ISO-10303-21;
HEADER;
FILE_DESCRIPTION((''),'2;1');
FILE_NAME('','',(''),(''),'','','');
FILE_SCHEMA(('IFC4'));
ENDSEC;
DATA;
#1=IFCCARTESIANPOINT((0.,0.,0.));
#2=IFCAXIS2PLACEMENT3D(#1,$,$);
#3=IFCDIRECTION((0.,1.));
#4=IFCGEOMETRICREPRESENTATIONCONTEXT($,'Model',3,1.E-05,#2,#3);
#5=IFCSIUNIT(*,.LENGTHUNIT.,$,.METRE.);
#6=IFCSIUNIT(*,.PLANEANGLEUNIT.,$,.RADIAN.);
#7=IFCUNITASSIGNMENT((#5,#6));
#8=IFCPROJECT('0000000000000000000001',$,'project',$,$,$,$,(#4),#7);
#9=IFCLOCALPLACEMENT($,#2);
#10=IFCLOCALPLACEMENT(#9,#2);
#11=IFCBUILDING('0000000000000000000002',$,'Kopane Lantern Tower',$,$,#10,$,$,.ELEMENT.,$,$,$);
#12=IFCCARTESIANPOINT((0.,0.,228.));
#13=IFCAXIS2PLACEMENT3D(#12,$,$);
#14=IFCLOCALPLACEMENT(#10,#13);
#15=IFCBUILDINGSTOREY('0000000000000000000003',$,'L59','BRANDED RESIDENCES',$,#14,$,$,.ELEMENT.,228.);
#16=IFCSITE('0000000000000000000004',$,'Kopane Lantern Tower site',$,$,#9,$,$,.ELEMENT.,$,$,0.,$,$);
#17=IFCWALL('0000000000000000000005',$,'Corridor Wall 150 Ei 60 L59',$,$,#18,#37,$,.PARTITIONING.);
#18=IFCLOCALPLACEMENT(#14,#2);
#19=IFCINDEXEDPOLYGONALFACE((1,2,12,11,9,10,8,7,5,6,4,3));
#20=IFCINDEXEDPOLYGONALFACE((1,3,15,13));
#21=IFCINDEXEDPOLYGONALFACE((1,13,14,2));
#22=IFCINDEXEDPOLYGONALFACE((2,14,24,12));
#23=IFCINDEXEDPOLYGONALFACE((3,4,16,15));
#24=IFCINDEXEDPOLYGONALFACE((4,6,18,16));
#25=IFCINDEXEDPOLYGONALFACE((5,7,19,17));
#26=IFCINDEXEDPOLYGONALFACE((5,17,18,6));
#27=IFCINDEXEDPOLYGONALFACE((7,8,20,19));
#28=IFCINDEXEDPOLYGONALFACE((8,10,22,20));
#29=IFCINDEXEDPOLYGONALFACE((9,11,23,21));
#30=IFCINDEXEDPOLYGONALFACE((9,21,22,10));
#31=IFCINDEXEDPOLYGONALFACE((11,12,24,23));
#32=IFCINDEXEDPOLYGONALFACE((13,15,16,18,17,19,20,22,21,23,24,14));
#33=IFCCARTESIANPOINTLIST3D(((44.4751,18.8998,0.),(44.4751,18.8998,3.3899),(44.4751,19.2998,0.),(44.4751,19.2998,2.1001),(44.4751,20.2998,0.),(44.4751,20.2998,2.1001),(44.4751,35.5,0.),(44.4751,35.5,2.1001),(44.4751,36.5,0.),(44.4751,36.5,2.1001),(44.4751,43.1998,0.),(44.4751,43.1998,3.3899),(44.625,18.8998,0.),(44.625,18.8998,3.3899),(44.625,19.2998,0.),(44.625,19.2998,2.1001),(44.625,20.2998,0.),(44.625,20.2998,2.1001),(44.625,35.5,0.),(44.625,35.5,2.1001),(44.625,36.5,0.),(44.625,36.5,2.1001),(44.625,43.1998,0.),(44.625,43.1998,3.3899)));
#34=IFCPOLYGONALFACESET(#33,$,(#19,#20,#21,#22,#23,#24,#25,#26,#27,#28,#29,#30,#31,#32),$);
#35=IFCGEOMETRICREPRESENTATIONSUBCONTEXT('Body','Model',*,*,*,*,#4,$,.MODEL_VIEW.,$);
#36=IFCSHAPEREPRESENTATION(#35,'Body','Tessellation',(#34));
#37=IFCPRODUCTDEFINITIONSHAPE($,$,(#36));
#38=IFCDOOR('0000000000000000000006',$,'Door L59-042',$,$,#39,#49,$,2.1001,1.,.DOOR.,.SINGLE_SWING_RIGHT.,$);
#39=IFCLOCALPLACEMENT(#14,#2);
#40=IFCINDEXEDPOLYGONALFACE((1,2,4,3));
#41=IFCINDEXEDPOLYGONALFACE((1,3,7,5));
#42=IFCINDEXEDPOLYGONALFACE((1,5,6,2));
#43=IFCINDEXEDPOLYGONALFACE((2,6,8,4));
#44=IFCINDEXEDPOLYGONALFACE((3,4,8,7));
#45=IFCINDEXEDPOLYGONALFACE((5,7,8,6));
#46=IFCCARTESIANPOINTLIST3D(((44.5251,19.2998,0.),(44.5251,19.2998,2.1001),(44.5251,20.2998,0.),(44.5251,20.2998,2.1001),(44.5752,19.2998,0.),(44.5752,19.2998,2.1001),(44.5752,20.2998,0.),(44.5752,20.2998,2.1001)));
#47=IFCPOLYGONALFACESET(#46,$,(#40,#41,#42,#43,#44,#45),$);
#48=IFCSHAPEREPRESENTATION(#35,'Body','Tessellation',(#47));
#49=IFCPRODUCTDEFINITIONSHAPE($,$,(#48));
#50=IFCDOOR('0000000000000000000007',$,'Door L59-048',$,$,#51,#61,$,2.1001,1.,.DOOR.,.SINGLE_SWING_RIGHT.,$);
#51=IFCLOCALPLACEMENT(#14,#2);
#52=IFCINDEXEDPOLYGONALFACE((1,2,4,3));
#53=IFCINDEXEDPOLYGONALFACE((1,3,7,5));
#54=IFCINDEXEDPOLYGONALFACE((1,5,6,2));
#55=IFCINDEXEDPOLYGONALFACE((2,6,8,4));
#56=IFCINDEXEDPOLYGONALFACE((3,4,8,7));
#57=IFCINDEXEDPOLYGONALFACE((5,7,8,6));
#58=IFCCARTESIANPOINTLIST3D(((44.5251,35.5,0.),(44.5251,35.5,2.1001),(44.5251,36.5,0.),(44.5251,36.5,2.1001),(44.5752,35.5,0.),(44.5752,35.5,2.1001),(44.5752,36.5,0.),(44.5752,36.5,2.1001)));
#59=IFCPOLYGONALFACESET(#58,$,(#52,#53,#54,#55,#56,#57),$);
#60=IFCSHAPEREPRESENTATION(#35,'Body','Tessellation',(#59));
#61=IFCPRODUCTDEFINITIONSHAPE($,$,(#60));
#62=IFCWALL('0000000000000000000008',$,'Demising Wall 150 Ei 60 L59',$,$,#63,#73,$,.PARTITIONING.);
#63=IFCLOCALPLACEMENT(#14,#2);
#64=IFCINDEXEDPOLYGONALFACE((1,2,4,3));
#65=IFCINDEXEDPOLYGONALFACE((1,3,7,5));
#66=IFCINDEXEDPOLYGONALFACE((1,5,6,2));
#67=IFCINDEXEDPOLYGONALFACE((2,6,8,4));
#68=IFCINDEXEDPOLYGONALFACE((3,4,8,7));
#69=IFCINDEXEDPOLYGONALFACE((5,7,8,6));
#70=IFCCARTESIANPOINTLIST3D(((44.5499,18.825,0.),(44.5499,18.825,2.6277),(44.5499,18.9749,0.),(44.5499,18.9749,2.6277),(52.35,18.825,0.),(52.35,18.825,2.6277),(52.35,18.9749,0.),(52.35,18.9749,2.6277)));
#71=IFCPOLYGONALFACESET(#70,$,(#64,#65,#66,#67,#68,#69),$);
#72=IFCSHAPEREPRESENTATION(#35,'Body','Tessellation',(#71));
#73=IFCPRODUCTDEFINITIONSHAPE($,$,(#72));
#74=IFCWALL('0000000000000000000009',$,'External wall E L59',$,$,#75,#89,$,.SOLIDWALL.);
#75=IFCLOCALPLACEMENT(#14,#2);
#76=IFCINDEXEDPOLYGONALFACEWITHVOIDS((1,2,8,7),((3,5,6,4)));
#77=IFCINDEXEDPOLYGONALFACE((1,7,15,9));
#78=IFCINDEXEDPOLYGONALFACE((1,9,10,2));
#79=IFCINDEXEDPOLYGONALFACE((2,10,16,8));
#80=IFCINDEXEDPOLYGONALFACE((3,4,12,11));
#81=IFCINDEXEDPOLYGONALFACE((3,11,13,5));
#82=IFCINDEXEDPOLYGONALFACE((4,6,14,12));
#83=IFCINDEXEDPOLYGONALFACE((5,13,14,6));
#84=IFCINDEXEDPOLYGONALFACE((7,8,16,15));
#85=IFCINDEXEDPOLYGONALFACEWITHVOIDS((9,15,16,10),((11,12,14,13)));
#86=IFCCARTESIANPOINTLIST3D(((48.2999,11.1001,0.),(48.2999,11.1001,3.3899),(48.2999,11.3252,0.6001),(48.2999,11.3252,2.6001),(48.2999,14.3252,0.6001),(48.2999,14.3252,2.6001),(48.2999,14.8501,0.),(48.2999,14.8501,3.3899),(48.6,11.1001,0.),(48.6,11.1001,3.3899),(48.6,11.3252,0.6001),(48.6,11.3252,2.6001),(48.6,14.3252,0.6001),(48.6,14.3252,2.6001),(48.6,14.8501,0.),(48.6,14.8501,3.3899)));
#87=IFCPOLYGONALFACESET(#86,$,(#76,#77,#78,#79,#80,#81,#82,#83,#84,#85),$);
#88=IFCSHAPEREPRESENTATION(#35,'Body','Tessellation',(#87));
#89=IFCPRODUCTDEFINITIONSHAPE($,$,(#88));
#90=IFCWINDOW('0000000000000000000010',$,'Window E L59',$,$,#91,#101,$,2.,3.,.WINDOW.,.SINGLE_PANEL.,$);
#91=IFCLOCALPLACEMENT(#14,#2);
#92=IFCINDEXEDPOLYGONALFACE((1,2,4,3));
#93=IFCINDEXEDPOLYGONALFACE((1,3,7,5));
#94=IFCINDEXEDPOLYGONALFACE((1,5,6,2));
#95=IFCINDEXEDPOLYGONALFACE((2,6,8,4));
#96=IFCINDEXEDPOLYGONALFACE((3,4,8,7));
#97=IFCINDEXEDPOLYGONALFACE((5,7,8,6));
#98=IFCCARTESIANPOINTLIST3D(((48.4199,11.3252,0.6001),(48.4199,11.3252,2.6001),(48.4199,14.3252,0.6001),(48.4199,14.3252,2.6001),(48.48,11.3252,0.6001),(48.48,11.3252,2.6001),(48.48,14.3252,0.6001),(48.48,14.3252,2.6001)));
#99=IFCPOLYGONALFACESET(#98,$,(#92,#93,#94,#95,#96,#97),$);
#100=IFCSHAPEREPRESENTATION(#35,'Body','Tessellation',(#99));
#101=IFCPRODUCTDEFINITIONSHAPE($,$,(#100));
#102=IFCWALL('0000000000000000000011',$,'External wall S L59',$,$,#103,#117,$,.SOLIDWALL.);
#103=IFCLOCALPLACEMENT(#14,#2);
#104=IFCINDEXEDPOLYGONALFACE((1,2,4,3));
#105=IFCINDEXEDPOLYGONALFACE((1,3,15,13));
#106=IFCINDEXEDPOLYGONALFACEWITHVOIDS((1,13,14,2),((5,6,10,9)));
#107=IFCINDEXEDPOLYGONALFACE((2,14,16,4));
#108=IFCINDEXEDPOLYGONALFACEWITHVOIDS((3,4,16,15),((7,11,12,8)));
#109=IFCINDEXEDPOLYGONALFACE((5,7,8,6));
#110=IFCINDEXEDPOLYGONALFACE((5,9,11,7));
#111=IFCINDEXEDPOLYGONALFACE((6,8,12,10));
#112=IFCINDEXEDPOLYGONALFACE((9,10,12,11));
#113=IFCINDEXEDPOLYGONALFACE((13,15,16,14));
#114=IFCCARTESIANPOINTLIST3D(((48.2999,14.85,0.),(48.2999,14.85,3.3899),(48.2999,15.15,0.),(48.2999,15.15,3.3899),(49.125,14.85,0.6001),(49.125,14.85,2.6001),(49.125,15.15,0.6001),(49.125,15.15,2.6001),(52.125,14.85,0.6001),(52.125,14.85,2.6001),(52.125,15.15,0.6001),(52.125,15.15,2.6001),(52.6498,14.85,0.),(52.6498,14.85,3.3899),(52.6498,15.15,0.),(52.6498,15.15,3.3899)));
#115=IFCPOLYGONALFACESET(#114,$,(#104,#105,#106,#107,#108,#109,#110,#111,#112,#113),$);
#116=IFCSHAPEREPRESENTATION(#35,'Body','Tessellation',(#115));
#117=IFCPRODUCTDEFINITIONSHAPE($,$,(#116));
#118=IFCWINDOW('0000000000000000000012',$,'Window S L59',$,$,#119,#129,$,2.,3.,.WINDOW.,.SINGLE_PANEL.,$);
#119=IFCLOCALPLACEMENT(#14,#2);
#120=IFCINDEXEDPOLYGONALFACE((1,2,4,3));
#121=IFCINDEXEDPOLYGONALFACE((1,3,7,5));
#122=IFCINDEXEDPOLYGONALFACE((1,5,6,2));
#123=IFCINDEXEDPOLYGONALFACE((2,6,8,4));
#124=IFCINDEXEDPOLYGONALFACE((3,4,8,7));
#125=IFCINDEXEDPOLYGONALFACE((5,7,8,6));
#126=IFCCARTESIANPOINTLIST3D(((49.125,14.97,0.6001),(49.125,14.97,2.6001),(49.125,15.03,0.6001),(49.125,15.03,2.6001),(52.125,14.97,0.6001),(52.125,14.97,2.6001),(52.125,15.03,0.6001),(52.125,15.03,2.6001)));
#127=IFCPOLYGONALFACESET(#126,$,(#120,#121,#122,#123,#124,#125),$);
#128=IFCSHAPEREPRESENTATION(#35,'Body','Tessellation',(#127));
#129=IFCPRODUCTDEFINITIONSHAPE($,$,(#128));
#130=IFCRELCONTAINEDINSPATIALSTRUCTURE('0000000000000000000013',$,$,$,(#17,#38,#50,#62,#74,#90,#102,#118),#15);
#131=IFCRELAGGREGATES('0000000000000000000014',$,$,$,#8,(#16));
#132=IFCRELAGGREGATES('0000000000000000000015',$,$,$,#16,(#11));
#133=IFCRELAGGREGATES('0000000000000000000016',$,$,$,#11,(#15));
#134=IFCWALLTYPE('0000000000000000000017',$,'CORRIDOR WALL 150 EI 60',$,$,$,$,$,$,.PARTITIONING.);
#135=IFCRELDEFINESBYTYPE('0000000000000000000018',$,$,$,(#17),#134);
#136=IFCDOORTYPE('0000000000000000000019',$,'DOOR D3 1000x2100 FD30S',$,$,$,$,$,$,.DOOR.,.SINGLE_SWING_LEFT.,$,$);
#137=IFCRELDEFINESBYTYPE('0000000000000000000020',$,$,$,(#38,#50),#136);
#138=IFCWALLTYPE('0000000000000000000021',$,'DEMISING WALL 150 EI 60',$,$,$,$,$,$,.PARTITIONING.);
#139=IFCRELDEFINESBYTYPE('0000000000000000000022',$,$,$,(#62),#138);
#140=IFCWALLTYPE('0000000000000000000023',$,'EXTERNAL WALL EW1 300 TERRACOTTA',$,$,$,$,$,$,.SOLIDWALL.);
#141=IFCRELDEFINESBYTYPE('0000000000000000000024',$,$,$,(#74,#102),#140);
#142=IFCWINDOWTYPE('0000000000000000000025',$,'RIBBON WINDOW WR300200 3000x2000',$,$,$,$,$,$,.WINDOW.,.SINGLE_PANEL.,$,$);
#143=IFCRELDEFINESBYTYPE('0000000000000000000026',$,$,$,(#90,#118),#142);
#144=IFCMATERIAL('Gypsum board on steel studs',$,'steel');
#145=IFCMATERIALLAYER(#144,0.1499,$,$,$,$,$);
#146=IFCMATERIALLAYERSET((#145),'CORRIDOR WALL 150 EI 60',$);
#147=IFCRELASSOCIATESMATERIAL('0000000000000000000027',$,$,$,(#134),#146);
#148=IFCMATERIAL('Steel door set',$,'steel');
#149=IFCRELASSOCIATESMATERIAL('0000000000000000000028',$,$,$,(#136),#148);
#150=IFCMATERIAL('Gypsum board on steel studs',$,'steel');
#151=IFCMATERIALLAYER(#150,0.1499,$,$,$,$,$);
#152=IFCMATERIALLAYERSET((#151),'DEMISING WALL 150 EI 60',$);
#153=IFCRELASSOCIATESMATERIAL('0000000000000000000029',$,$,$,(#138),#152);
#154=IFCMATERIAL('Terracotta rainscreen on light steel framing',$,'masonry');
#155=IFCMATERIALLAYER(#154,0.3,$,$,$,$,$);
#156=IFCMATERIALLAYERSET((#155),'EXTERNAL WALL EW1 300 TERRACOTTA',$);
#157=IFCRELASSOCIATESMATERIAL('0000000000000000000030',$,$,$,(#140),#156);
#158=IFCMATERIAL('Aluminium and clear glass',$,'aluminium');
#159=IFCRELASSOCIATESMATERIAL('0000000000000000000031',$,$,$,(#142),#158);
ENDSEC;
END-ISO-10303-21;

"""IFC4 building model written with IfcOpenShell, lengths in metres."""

from ifc_helpers import new_model, si_unit, direction, frame, frame_2d, origin, place, context, subcontext, project, spatial, rectangle, extrude, material, layer, layer_set, type_object, element, fill, save


model = new_model("IFC4")

# Units and contexts
model_context = context("Model", 3, precision=1e-05, world=origin(), true_north=direction((0.0, 1.0)))
body_context = subcontext(model_context, "Body", "Model", "MODEL_VIEW")
ifc_project = project(units=[si_unit("LENGTHUNIT", "METRE"), si_unit("PLANEANGLEUNIT", "RADIAN")], contexts=[model_context])

# Site, building, storey
site_placement = place(None, origin())
site = spatial("IfcSite", under=ifc_project, at=site_placement, Name="Kopane Lantern Tower site", CompositionType="ELEMENT", RefElevation=0.0)
building_placement = place(site_placement, origin())
building = spatial("IfcBuilding", under=site, at=building_placement, Name="Kopane Lantern Tower", CompositionType="ELEMENT")
storey_placement = place(building_placement, frame((0.0, 0.0, 228.0)))
storey = spatial("IfcBuildingStorey", under=building, at=storey_placement, Name="L59", Description="BRANDED RESIDENCES", CompositionType="ELEMENT", Elevation=228.0)

# Wall, openings, doors
ifc_material_1 = material(Name="Gypsum board on steel studs", Category="steel")
ifc_layer_1 = layer(ifc_material_1, 0.1499)
ifc_layer_set_1 = layer_set([ifc_layer_1], Name="CORRIDOR WALL 150 EI 60")
wall_type_1 = type_object("IfcWallType", Name="CORRIDOR WALL 150 EI 60", PredefinedType="PARTITIONING", material=ifc_layer_set_1)
wall_1_placement = place(storey_placement, frame((44.55, 18.8999, 0.0), z_axis=(0.0, 0.0, 1.0), x_axis=(0.0, 1.0, 0.0)))
wall_1 = element("IfcWall", 1, at=wall_1_placement, inside=storey, type_object=wall_type_1, Name="Corridor Wall 150 Ei 60 L59", PredefinedType="PARTITIONING", context=body_context, shape_type="SweptSolid", body=[
    extrude(rectangle(XDim=24.3, YDim=0.1499, at=frame_2d((12.1499, 0.0))), origin(), (0.0, 0.0, 1.0), 3.3899),
])
opening_1_placement = place(wall_1_placement, frame((0.3999, 0.0, 0.0)))
opening_1 = element("IfcOpeningElement", 2, at=opening_1_placement, cuts=wall_1, PredefinedType="OPENING", context=body_context, shape_type="SweptSolid", body=[
    extrude(rectangle(XDim=1.0, YDim=2.1001, at=frame_2d((0.5, 1.05))), frame((0.0, 0.085, 0.0), z_axis=(0.0, -1.0, 0.0), x_axis=(1.0, 0.0, 0.0)), (0.0, 0.0, 1.0), 0.1699),
])
opening_2_placement = place(wall_1_placement, frame((16.6001, 0.0, 0.0)))
opening_2 = element("IfcOpeningElement", 3, at=opening_2_placement, cuts=wall_1, PredefinedType="OPENING", context=body_context, shape_type="SweptSolid", body=[
    extrude(rectangle(XDim=1.0, YDim=2.1001, at=frame_2d((0.5, 1.05))), frame((0.0, 0.085, 0.0), z_axis=(0.0, -1.0, 0.0), x_axis=(1.0, 0.0, 0.0)), (0.0, 0.0, 1.0), 0.1699),
])
ifc_material_2 = material(Name="Steel door set", Category="steel")
door_type_1 = type_object("IfcDoorType", Name="DOOR D3 1000x2100 FD30S", OperationType="SINGLE_SWING_LEFT", PredefinedType="DOOR", material=ifc_material_2)
door_1_placement = place(opening_1_placement, origin())
door_1 = element("IfcDoor", 4, at=door_1_placement, inside=storey, type_object=door_type_1, Name="Door L59-042", OperationType="SINGLE_SWING_RIGHT", OverallHeight=2.1001, OverallWidth=1.0, PredefinedType="DOOR", context=body_context, shape_type="SweptSolid", body=[
    extrude(rectangle(XDim=1.0, YDim=2.1001, at=frame_2d((0.5, 1.05))), frame((0.0, 0.0249, 0.0), z_axis=(0.0, -1.0, 0.0), x_axis=(1.0, 0.0, 0.0)), (0.0, 0.0, 1.0), 0.05),
])
fill(opening_1, door_1)
door_2_placement = place(opening_2_placement, origin())
door_2 = element("IfcDoor", 5, at=door_2_placement, inside=storey, type_object=door_type_1, Name="Door L59-048", OperationType="SINGLE_SWING_RIGHT", OverallHeight=2.1001, OverallWidth=1.0, PredefinedType="DOOR", context=body_context, shape_type="SweptSolid", body=[
    extrude(rectangle(XDim=1.0, YDim=2.1001, at=frame_2d((0.5, 1.05))), frame((0.0, 0.0249, 0.0), z_axis=(0.0, -1.0, 0.0), x_axis=(1.0, 0.0, 0.0)), (0.0, 0.0, 1.0), 0.05),
])
fill(opening_2, door_2)

# Wall
ifc_material_3 = material(Name="Gypsum board on steel studs", Category="steel")
ifc_layer_2 = layer(ifc_material_3, 0.1499)
ifc_layer_set_2 = layer_set([ifc_layer_2], Name="DEMISING WALL 150 EI 60")
wall_type_2 = type_object("IfcWallType", Name="DEMISING WALL 150 EI 60", PredefinedType="PARTITIONING", material=ifc_layer_set_2)
wall_2_placement = place(storey_placement, frame((44.55, 18.8999, 0.0), z_axis=(0.0, 0.0, 1.0), x_axis=(1.0, 0.0, 0.0)))
element("IfcWall", 6, at=wall_2_placement, inside=storey, type_object=wall_type_2, Name="Demising Wall 150 Ei 60 L59", PredefinedType="PARTITIONING", context=body_context, shape_type="SweptSolid", body=[
    extrude(rectangle(XDim=7.8, YDim=0.1499, at=frame_2d((3.8999, 0.0))), origin(), (0.0, 0.0, 1.0), 2.6277),
])

# Walls, openings, windows
ifc_material_4 = material(Name="Terracotta rainscreen on light steel framing", Category="masonry")
ifc_layer_3 = layer(ifc_material_4, 0.3)
ifc_layer_set_3 = layer_set([ifc_layer_3], Name="EXTERNAL WALL EW1 300 TERRACOTTA")
wall_type_3 = type_object("IfcWallType", Name="EXTERNAL WALL EW1 300 TERRACOTTA", PredefinedType="SOLIDWALL", material=ifc_layer_set_3)
wall_3_placement = place(storey_placement, frame((48.45, 11.1001, 0.0), z_axis=(0.0, 0.0, 1.0), x_axis=(0.0, 1.0, 0.0)))
wall_3 = element("IfcWall", 7, at=wall_3_placement, inside=storey, type_object=wall_type_3, Name="External wall E L59", PredefinedType="SOLIDWALL", context=body_context, shape_type="SweptSolid", body=[
    extrude(rectangle(XDim=3.75, YDim=0.3, at=frame_2d((1.875, 0.0))), origin(), (0.0, 0.0, 1.0), 3.3899),
])
opening_3_placement = place(wall_3_placement, frame((0.2251, 0.0, 0.6001)))
opening_3 = element("IfcOpeningElement", 8, at=opening_3_placement, cuts=wall_3, PredefinedType="OPENING", context=body_context, shape_type="SweptSolid", body=[
    extrude(rectangle(XDim=3.0, YDim=2.0, at=frame_2d((1.5, 1.0))), frame((0.0, 0.1599, 0.0), z_axis=(0.0, -1.0, 0.0), x_axis=(1.0, 0.0, 0.0)), (0.0, 0.0, 1.0), 0.3201),
])
ifc_material_5 = material(Name="Aluminium and clear glass", Category="aluminium")
window_type = type_object("IfcWindowType", Name="RIBBON WINDOW WR300200 3000x2000", PartitioningType="SINGLE_PANEL", PredefinedType="WINDOW", material=ifc_material_5)
window_1_placement = place(opening_3_placement, origin())
window_1 = element("IfcWindow", 9, at=window_1_placement, inside=storey, type_object=window_type, Name="Window E L59", OverallHeight=2.0, OverallWidth=3.0, PartitioningType="SINGLE_PANEL", PredefinedType="WINDOW", context=body_context, shape_type="SweptSolid", body=[
    extrude(rectangle(XDim=3.0, YDim=2.0, at=frame_2d((1.5, 1.0))), frame((0.0, 0.03, 0.0), z_axis=(0.0, -1.0, 0.0), x_axis=(1.0, 0.0, 0.0)), (0.0, 0.0, 1.0), 0.0601),
])
fill(opening_3, window_1)
wall_4_placement = place(storey_placement, frame((48.3, 15.0, 0.0), z_axis=(0.0, 0.0, 1.0), x_axis=(1.0, 0.0, 0.0)))
wall_4 = element("IfcWall", 10, at=wall_4_placement, inside=storey, type_object=wall_type_3, Name="External wall S L59", PredefinedType="SOLIDWALL", context=body_context, shape_type="SweptSolid", body=[
    extrude(rectangle(XDim=4.3499, YDim=0.3, at=frame_2d((2.1748, 0.0))), origin(), (0.0, 0.0, 1.0), 3.3899),
])
opening_4_placement = place(wall_4_placement, frame((0.825, 0.0, 0.6001)))
opening_4 = element("IfcOpeningElement", 11, at=opening_4_placement, cuts=wall_4, PredefinedType="OPENING", context=body_context, shape_type="SweptSolid", body=[
    extrude(rectangle(XDim=3.0, YDim=2.0, at=frame_2d((1.5, 1.0))), frame((0.0, 0.1599, 0.0), z_axis=(0.0, -1.0, 0.0), x_axis=(1.0, 0.0, 0.0)), (0.0, 0.0, 1.0), 0.3201),
])
window_2_placement = place(opening_4_placement, origin())
window_2 = element("IfcWindow", 12, at=window_2_placement, inside=storey, type_object=window_type, Name="Window S L59", OverallHeight=2.0, OverallWidth=3.0, PartitioningType="SINGLE_PANEL", PredefinedType="WINDOW", context=body_context, shape_type="SweptSolid", body=[
    extrude(rectangle(XDim=3.0, YDim=2.0, at=frame_2d((1.5, 1.0))), frame((0.0, 0.03, 0.0), z_axis=(0.0, -1.0, 0.0), x_axis=(1.0, 0.0, 0.0)), (0.0, 0.0, 1.0), 0.0601),
])
fill(opening_4, window_2)

save(model, "model.ifc")
